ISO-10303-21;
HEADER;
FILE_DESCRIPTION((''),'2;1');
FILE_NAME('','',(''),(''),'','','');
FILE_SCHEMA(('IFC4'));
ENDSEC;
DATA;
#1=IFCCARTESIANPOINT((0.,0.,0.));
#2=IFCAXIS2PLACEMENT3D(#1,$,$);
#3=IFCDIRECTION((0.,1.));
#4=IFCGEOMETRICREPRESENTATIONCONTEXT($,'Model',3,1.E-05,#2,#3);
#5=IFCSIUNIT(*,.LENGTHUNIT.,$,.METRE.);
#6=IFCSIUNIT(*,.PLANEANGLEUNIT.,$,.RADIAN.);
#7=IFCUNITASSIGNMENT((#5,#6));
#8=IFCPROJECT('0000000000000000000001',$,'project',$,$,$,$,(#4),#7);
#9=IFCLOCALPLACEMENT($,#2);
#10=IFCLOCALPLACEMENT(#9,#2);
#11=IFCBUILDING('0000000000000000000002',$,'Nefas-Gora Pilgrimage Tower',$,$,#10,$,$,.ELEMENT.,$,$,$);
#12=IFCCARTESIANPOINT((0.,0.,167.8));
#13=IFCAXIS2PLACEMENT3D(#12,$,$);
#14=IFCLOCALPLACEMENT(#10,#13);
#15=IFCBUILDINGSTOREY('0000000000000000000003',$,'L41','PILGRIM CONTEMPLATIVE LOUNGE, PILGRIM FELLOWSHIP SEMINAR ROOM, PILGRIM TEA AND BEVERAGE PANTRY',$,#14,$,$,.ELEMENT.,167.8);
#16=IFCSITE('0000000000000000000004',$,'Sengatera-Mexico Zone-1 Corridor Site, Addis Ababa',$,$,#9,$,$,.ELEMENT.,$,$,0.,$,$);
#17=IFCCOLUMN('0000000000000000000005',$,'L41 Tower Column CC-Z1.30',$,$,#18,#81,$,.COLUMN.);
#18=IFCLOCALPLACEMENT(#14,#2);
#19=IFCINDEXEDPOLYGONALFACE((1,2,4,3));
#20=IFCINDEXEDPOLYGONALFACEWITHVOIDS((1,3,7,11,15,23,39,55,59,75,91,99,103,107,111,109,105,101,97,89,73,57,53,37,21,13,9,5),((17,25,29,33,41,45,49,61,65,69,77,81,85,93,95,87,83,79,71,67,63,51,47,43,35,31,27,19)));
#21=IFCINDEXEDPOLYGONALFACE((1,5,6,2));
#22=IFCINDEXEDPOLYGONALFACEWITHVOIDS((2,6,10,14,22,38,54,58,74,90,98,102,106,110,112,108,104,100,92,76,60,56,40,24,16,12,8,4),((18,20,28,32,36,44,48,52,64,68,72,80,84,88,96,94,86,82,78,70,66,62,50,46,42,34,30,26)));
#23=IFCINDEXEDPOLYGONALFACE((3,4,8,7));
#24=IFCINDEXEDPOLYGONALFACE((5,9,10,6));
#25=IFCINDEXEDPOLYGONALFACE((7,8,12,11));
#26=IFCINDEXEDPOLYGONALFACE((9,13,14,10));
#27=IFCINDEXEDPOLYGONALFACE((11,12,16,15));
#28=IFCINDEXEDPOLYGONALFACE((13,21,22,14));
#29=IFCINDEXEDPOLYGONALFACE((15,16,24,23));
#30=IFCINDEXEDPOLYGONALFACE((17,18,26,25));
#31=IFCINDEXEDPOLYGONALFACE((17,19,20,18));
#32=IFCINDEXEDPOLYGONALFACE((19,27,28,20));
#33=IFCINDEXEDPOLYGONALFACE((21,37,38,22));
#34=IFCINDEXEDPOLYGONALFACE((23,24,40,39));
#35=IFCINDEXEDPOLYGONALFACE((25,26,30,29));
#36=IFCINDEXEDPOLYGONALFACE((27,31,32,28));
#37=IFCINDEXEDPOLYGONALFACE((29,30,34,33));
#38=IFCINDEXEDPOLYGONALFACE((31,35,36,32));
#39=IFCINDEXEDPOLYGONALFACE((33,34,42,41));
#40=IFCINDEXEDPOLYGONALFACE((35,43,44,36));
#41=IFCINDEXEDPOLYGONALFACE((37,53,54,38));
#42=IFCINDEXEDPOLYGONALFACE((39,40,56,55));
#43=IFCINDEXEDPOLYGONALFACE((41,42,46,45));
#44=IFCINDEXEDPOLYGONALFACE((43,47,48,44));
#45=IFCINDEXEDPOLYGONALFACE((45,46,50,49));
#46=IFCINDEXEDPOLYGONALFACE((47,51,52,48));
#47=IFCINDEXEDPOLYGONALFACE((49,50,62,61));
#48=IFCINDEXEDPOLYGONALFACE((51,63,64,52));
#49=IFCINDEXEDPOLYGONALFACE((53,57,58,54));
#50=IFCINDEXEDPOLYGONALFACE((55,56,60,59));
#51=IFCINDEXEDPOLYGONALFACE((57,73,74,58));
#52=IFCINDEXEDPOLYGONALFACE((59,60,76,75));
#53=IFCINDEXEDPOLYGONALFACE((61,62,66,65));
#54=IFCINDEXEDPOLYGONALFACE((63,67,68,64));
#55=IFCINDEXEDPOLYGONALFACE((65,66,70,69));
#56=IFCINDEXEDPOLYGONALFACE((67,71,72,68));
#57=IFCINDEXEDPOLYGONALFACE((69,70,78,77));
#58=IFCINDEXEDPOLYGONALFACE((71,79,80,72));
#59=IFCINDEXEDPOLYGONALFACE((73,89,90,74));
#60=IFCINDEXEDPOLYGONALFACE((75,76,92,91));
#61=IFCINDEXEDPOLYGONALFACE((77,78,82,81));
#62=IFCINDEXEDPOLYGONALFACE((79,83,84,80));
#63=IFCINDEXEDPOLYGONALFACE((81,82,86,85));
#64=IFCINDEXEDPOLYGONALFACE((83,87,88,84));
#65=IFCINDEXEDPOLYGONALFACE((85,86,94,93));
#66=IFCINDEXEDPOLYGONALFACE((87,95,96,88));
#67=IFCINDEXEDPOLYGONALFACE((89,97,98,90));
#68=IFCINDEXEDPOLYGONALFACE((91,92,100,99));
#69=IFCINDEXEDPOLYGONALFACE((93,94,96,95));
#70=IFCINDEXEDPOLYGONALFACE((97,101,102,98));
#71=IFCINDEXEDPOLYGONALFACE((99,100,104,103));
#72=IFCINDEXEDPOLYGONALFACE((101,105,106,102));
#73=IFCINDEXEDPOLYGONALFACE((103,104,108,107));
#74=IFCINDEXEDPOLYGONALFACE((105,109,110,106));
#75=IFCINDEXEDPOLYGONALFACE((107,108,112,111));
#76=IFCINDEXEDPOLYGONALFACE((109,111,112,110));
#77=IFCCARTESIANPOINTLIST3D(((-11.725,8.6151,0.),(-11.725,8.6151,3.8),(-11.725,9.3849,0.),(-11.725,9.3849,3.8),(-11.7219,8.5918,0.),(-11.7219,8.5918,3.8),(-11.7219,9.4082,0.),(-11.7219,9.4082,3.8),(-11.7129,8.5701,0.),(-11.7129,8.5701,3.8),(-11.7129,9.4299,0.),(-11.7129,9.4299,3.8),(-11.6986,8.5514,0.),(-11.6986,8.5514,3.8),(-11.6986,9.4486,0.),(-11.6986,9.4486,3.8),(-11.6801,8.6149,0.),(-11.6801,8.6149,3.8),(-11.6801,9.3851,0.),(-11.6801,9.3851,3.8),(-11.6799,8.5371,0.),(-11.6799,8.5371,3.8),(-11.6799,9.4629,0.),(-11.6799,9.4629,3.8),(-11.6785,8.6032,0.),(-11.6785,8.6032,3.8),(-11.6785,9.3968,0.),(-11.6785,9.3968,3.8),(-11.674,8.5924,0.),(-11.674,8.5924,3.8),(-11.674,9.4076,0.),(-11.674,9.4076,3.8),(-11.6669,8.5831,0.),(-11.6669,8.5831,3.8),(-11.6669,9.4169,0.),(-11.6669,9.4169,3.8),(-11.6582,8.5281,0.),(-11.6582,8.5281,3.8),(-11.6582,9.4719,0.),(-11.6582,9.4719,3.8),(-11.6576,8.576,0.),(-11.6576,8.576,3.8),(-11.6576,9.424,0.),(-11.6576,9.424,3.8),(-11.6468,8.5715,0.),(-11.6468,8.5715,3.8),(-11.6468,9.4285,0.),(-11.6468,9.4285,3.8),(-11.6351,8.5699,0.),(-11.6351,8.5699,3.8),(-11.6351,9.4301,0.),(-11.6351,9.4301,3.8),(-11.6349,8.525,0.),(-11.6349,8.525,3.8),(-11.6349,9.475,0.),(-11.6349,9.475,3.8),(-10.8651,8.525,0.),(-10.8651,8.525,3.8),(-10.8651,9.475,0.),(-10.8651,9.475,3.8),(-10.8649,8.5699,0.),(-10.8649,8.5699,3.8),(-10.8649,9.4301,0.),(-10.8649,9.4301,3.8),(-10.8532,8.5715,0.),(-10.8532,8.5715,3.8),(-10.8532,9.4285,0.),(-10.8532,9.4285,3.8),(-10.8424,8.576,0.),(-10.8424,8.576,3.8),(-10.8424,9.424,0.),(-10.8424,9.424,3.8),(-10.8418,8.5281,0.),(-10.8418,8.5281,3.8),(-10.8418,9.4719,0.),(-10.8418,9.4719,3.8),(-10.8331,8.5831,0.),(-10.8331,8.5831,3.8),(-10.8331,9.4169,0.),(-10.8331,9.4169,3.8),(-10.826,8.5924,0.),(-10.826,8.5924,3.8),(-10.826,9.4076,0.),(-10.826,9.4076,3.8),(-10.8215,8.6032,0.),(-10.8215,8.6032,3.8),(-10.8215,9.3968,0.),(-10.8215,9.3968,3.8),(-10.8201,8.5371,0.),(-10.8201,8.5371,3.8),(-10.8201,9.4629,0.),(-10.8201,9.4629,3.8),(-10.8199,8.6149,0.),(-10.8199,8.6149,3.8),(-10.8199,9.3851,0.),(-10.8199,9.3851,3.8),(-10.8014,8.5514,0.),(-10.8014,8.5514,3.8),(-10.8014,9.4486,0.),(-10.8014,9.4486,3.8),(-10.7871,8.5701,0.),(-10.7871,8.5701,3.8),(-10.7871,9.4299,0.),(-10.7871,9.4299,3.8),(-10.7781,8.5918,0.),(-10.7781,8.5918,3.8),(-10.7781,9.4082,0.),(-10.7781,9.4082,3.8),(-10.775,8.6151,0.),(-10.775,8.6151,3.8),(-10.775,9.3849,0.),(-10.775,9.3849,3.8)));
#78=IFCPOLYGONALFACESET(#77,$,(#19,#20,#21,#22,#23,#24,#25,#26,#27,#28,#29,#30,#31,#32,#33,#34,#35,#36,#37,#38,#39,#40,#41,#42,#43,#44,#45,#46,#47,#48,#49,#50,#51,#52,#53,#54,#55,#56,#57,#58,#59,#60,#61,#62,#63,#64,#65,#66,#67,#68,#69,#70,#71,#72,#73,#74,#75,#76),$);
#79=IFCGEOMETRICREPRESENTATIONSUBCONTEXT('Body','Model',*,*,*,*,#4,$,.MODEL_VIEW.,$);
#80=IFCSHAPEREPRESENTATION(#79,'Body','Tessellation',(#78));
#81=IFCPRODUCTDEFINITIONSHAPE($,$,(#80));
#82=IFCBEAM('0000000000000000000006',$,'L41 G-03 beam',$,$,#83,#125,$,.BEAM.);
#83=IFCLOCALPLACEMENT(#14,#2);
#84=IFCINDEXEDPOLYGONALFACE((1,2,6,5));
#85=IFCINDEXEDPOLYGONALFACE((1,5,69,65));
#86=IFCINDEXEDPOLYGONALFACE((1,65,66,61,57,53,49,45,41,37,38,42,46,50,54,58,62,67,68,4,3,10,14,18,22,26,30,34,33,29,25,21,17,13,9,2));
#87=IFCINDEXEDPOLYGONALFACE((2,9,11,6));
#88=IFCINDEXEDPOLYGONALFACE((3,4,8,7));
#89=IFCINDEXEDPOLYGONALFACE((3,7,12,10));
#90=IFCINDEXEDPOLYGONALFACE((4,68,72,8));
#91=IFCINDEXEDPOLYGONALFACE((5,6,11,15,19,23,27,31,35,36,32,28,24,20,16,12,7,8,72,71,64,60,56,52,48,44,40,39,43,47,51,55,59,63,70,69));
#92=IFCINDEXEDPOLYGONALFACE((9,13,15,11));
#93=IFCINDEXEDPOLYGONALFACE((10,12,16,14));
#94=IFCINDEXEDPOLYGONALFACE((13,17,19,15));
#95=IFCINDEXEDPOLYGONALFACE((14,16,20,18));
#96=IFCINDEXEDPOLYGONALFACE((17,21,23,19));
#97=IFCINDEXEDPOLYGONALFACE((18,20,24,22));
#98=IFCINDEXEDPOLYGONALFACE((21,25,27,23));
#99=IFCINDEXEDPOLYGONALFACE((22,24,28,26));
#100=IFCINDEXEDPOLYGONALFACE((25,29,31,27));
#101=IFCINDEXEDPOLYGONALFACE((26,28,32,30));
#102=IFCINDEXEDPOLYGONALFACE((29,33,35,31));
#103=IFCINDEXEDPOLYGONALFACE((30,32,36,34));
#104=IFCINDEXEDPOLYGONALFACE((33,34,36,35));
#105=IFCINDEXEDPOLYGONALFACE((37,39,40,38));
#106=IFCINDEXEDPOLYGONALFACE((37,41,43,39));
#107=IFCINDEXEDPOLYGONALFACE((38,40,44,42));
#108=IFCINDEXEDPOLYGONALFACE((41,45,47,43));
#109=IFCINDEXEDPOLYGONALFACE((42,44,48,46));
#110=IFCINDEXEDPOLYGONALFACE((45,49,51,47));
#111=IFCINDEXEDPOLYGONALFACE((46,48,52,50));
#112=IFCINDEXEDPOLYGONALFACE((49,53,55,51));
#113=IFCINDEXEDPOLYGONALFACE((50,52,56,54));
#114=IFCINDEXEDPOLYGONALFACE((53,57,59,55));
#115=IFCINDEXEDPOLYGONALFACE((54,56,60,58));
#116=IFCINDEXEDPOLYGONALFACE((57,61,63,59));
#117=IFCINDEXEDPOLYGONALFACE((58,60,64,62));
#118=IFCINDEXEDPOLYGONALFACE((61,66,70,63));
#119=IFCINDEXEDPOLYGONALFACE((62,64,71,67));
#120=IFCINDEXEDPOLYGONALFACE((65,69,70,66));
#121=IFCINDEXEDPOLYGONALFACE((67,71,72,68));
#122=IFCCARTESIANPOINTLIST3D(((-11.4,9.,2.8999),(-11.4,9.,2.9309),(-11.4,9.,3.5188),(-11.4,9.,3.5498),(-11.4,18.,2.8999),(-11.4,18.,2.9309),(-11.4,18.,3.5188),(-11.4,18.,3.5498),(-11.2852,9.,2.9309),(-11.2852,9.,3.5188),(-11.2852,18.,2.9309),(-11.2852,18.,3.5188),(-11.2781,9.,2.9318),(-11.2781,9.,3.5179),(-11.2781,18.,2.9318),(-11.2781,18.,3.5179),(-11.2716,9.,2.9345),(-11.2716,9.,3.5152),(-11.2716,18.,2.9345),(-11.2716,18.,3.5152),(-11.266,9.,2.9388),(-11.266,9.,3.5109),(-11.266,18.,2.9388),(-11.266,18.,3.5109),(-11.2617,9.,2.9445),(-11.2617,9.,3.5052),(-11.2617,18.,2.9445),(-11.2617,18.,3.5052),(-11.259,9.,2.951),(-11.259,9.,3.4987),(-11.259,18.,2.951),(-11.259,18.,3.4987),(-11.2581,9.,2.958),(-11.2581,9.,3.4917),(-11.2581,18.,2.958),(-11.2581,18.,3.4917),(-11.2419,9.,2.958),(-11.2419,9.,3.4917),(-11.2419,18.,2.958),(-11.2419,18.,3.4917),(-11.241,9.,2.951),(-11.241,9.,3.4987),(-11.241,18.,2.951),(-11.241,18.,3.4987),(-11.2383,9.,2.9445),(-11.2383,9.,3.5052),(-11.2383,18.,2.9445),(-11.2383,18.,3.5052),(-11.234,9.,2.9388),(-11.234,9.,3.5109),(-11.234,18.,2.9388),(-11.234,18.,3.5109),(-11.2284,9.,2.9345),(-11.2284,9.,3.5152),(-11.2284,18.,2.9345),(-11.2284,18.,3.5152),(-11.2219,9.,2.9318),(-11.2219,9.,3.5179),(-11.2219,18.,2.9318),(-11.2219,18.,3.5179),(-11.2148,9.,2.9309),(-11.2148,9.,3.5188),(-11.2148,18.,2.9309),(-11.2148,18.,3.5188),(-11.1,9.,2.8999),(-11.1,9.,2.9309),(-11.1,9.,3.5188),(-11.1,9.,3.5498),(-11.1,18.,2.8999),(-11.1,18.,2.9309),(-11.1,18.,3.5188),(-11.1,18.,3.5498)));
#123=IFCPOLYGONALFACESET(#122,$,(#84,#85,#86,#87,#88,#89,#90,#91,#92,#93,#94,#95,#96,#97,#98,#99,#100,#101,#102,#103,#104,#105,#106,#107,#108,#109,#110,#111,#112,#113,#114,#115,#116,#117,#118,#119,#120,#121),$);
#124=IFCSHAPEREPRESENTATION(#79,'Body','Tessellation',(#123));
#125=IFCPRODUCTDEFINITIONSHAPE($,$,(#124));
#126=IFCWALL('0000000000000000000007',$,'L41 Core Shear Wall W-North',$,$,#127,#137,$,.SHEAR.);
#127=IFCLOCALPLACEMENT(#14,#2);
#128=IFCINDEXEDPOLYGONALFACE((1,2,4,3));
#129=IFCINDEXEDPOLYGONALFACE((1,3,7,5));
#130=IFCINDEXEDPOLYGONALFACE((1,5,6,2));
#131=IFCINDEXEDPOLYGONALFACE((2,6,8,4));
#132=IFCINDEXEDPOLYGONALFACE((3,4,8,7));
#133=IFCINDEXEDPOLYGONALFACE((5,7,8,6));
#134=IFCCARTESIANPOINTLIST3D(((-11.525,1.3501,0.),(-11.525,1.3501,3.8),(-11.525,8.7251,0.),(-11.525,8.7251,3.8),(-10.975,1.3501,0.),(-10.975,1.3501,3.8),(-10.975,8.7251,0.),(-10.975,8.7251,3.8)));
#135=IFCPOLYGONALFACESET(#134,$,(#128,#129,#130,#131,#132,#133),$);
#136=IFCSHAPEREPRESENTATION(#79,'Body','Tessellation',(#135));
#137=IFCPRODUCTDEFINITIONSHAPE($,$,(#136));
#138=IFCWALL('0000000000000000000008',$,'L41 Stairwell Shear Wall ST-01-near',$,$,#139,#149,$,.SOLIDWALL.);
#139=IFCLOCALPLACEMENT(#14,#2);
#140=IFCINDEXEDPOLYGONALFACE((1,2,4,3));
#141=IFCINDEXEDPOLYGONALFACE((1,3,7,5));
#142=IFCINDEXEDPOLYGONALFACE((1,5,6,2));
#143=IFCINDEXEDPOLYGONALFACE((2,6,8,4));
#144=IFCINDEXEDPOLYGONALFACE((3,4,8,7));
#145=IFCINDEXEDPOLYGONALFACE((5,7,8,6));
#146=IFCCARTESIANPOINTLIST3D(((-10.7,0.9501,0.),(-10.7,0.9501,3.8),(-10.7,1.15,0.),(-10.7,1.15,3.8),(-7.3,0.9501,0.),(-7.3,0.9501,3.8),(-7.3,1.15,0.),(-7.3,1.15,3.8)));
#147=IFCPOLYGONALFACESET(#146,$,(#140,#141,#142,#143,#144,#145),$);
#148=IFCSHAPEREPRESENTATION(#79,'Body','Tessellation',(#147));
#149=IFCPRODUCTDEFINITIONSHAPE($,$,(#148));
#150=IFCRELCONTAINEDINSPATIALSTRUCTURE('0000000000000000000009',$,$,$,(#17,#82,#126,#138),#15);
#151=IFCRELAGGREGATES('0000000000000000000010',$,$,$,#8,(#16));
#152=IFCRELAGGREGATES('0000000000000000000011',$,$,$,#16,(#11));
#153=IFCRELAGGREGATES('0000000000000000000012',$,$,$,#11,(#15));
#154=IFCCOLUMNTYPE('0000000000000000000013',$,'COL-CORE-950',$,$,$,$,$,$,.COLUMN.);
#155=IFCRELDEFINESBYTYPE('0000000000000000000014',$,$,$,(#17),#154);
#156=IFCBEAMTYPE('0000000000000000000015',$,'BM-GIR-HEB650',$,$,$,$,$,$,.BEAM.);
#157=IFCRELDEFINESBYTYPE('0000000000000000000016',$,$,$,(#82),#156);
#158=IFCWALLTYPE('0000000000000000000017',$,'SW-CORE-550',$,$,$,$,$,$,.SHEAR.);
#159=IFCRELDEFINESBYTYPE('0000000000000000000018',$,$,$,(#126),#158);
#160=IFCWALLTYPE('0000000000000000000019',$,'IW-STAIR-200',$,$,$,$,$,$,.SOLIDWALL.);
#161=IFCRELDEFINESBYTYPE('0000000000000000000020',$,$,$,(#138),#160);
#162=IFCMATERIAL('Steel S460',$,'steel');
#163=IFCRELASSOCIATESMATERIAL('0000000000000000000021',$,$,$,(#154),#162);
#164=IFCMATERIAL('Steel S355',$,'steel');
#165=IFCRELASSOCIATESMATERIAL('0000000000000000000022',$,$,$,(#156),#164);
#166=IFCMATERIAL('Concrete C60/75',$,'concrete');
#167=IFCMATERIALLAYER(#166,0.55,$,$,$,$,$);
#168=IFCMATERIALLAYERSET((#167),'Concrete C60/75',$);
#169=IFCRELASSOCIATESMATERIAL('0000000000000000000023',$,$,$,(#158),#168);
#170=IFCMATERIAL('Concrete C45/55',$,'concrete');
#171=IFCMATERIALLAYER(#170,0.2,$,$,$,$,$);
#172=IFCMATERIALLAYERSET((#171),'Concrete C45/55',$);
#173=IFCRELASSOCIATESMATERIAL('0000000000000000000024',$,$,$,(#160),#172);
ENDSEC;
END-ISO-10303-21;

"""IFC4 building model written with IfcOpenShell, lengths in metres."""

from ifc_helpers import new_model, si_unit, direction, frame, frame_2d, origin, origin_2d, place, context, subcontext, project, spatial, rectangle, hollow_rectangle, i_section, extrude, source, transform, mapped, material, layer, layer_set, material_profile, profile_set, type_object, element, save


model = new_model("IFC4")

# Units and contexts
model_context = context("Model", 3, precision=1e-05, world=origin(), true_north=direction((0.0, 1.0)))
body_context = subcontext(model_context, "Body", "Model", "MODEL_VIEW")
ifc_project = project(units=[si_unit("LENGTHUNIT", "METRE"), si_unit("PLANEANGLEUNIT", "RADIAN")], contexts=[model_context])

# Site, building, storey
site_placement = place(None, origin())
site = spatial("IfcSite", under=ifc_project, at=site_placement, Name="Sengatera-Mexico Zone-1 Corridor Site, Addis Ababa", CompositionType="ELEMENT", RefElevation=0.0)
building_placement = place(site_placement, origin())
building = spatial("IfcBuilding", under=site, at=building_placement, Name="Nefas-Gora Pilgrimage Tower", CompositionType="ELEMENT")
storey_placement = place(building_placement, frame((0.0, 0.0, 167.8)))
storey = spatial("IfcBuildingStorey", under=building, at=storey_placement, Name="L41", Description="PILGRIM CONTEMPLATIVE LOUNGE, PILGRIM FELLOWSHIP SEMINAR ROOM, PILGRIM TEA AND BEVERAGE PANTRY", CompositionType="ELEMENT", Elevation=167.8)

# Column
ifc_material_1 = material(Name="Steel S460", Category="steel")
ifc_material_profile_1 = material_profile(ifc_material_1, hollow_rectangle(XDim=0.95, YDim=0.95, WallThickness=0.0449, InnerFilletRadius=0.0449, OuterFilletRadius=0.0901, at=origin_2d()), Name="BOX 950x950x45")
ifc_profile_set_1 = profile_set([ifc_material_profile_1], Name="Steel S460")
column_type = type_object("IfcColumnType", Name="COL-CORE-950", PredefinedType="COLUMN", material=ifc_profile_set_1)
shared_shape_1 = source(origin(), body_context, "Body", "SweptSolid", [
    extrude(hollow_rectangle(XDim=0.95, YDim=0.95, WallThickness=0.0449, InnerFilletRadius=0.0449, OuterFilletRadius=0.0901, at=origin_2d()), origin(), (0.0, 0.0, 1.0), 3.8),
])
column_placement = place(storey_placement, frame((-11.25, 9.0, 0.0), z_axis=(0.0, 0.0, 1.0), x_axis=(1.0, 0.0, 0.0)))
element("IfcColumn", 1, at=column_placement, inside=storey, type_object=column_type, Name="L41 Tower Column CC-Z1.30", PredefinedType="COLUMN", context=body_context, shape_type="MappedRepresentation", body=[
    mapped(shared_shape_1, transform((0.0, 0.0, 0.0), x_axis=(1.0, 0.0, 0.0), y_axis=(0.0, 1.0, 0.0), z_axis=(0.0, 0.0, 1.0), scale=1.0)),
])

# Beam
ifc_material_2 = material(Name="Steel S355", Category="steel")
ifc_material_profile_2 = material_profile(ifc_material_2, i_section(OverallWidth=0.3, OverallDepth=0.6499, WebThickness=0.0161, FlangeThickness=0.031, FilletRadius=0.0271, at=origin_2d()), Name="HEB 650")
ifc_profile_set_2 = profile_set([ifc_material_profile_2], Name="Steel S355")
beam_type = type_object("IfcBeamType", Name="BM-GIR-HEB650", PredefinedType="BEAM", material=ifc_profile_set_2)
shared_shape_2 = source(origin(), body_context, "Body", "SweptSolid", [
    extrude(i_section(OverallWidth=0.3, OverallDepth=0.6499, WebThickness=0.0161, FlangeThickness=0.031, FilletRadius=0.0271, at=origin_2d()), origin(), (0.0, 0.0, 1.0), 9.0),
])
beam_placement = place(storey_placement, frame((-11.25, 9.0, 3.2249), z_axis=(0.0, 1.0, 0.0), x_axis=(-1.0, 0.0, 0.0)))
element("IfcBeam", 2, at=beam_placement, inside=storey, type_object=beam_type, Name="L41 G-03 beam", PredefinedType="BEAM", context=body_context, shape_type="MappedRepresentation", body=[
    mapped(shared_shape_2, transform((0.0, 0.0, 0.0), x_axis=(1.0, 0.0, 0.0), y_axis=(0.0, 1.0, 0.0), z_axis=(0.0, 0.0, 1.0), scale=1.0)),
])

# Walls
ifc_material_3 = material(Name="Concrete C60/75", Category="concrete")
ifc_layer_1 = layer(ifc_material_3, 0.55)
ifc_layer_set_1 = layer_set([ifc_layer_1], Name="Concrete C60/75")
wall_type_1 = type_object("IfcWallType", Name="SW-CORE-550", PredefinedType="SHEAR", material=ifc_layer_set_1)
shared_shape_3 = source(origin(), body_context, "Body", "SweptSolid", [
    extrude(rectangle(XDim=7.375, YDim=0.55, at=frame_2d((3.6875, 0.0))), origin(), (0.0, 0.0, 1.0), 3.8),
])
wall_1_placement = place(storey_placement, frame((-11.25, 1.3501, 0.0), z_axis=(0.0, 0.0, 1.0), x_axis=(0.0, 1.0, 0.0)))
element("IfcWall", 3, at=wall_1_placement, inside=storey, type_object=wall_type_1, Name="L41 Core Shear Wall W-North", PredefinedType="SHEAR", context=body_context, shape_type="MappedRepresentation", body=[
    mapped(shared_shape_3, transform((0.0, 0.0, 0.0), x_axis=(1.0, 0.0, 0.0), y_axis=(0.0, 1.0, 0.0), z_axis=(0.0, 0.0, 1.0), scale=1.0)),
])
ifc_material_4 = material(Name="Concrete C45/55", Category="concrete")
ifc_layer_2 = layer(ifc_material_4, 0.2)
ifc_layer_set_2 = layer_set([ifc_layer_2], Name="Concrete C45/55")
wall_type_2 = type_object("IfcWallType", Name="IW-STAIR-200", PredefinedType="SOLIDWALL", material=ifc_layer_set_2)
shared_shape_4 = source(origin(), body_context, "Body", "SweptSolid", [
    extrude(rectangle(XDim=3.3999, YDim=0.2, at=frame_2d((1.7, 0.0))), origin(), (0.0, 0.0, 1.0), 3.8),
])
wall_2_placement = place(storey_placement, frame((-7.3, 1.05, 0.0), z_axis=(0.0, 0.0, 1.0), x_axis=(-1.0, 0.0, 0.0)))
element("IfcWall", 4, at=wall_2_placement, inside=storey, type_object=wall_type_2, Name="L41 Stairwell Shear Wall ST-01-near", PredefinedType="SOLIDWALL", context=body_context, shape_type="MappedRepresentation", body=[
    mapped(shared_shape_4, transform((0.0, 0.0, 0.0), x_axis=(1.0, 0.0, 0.0), y_axis=(0.0, 1.0, 0.0), z_axis=(0.0, 0.0, 1.0), scale=1.0)),
])

save(model, "model.ifc")
